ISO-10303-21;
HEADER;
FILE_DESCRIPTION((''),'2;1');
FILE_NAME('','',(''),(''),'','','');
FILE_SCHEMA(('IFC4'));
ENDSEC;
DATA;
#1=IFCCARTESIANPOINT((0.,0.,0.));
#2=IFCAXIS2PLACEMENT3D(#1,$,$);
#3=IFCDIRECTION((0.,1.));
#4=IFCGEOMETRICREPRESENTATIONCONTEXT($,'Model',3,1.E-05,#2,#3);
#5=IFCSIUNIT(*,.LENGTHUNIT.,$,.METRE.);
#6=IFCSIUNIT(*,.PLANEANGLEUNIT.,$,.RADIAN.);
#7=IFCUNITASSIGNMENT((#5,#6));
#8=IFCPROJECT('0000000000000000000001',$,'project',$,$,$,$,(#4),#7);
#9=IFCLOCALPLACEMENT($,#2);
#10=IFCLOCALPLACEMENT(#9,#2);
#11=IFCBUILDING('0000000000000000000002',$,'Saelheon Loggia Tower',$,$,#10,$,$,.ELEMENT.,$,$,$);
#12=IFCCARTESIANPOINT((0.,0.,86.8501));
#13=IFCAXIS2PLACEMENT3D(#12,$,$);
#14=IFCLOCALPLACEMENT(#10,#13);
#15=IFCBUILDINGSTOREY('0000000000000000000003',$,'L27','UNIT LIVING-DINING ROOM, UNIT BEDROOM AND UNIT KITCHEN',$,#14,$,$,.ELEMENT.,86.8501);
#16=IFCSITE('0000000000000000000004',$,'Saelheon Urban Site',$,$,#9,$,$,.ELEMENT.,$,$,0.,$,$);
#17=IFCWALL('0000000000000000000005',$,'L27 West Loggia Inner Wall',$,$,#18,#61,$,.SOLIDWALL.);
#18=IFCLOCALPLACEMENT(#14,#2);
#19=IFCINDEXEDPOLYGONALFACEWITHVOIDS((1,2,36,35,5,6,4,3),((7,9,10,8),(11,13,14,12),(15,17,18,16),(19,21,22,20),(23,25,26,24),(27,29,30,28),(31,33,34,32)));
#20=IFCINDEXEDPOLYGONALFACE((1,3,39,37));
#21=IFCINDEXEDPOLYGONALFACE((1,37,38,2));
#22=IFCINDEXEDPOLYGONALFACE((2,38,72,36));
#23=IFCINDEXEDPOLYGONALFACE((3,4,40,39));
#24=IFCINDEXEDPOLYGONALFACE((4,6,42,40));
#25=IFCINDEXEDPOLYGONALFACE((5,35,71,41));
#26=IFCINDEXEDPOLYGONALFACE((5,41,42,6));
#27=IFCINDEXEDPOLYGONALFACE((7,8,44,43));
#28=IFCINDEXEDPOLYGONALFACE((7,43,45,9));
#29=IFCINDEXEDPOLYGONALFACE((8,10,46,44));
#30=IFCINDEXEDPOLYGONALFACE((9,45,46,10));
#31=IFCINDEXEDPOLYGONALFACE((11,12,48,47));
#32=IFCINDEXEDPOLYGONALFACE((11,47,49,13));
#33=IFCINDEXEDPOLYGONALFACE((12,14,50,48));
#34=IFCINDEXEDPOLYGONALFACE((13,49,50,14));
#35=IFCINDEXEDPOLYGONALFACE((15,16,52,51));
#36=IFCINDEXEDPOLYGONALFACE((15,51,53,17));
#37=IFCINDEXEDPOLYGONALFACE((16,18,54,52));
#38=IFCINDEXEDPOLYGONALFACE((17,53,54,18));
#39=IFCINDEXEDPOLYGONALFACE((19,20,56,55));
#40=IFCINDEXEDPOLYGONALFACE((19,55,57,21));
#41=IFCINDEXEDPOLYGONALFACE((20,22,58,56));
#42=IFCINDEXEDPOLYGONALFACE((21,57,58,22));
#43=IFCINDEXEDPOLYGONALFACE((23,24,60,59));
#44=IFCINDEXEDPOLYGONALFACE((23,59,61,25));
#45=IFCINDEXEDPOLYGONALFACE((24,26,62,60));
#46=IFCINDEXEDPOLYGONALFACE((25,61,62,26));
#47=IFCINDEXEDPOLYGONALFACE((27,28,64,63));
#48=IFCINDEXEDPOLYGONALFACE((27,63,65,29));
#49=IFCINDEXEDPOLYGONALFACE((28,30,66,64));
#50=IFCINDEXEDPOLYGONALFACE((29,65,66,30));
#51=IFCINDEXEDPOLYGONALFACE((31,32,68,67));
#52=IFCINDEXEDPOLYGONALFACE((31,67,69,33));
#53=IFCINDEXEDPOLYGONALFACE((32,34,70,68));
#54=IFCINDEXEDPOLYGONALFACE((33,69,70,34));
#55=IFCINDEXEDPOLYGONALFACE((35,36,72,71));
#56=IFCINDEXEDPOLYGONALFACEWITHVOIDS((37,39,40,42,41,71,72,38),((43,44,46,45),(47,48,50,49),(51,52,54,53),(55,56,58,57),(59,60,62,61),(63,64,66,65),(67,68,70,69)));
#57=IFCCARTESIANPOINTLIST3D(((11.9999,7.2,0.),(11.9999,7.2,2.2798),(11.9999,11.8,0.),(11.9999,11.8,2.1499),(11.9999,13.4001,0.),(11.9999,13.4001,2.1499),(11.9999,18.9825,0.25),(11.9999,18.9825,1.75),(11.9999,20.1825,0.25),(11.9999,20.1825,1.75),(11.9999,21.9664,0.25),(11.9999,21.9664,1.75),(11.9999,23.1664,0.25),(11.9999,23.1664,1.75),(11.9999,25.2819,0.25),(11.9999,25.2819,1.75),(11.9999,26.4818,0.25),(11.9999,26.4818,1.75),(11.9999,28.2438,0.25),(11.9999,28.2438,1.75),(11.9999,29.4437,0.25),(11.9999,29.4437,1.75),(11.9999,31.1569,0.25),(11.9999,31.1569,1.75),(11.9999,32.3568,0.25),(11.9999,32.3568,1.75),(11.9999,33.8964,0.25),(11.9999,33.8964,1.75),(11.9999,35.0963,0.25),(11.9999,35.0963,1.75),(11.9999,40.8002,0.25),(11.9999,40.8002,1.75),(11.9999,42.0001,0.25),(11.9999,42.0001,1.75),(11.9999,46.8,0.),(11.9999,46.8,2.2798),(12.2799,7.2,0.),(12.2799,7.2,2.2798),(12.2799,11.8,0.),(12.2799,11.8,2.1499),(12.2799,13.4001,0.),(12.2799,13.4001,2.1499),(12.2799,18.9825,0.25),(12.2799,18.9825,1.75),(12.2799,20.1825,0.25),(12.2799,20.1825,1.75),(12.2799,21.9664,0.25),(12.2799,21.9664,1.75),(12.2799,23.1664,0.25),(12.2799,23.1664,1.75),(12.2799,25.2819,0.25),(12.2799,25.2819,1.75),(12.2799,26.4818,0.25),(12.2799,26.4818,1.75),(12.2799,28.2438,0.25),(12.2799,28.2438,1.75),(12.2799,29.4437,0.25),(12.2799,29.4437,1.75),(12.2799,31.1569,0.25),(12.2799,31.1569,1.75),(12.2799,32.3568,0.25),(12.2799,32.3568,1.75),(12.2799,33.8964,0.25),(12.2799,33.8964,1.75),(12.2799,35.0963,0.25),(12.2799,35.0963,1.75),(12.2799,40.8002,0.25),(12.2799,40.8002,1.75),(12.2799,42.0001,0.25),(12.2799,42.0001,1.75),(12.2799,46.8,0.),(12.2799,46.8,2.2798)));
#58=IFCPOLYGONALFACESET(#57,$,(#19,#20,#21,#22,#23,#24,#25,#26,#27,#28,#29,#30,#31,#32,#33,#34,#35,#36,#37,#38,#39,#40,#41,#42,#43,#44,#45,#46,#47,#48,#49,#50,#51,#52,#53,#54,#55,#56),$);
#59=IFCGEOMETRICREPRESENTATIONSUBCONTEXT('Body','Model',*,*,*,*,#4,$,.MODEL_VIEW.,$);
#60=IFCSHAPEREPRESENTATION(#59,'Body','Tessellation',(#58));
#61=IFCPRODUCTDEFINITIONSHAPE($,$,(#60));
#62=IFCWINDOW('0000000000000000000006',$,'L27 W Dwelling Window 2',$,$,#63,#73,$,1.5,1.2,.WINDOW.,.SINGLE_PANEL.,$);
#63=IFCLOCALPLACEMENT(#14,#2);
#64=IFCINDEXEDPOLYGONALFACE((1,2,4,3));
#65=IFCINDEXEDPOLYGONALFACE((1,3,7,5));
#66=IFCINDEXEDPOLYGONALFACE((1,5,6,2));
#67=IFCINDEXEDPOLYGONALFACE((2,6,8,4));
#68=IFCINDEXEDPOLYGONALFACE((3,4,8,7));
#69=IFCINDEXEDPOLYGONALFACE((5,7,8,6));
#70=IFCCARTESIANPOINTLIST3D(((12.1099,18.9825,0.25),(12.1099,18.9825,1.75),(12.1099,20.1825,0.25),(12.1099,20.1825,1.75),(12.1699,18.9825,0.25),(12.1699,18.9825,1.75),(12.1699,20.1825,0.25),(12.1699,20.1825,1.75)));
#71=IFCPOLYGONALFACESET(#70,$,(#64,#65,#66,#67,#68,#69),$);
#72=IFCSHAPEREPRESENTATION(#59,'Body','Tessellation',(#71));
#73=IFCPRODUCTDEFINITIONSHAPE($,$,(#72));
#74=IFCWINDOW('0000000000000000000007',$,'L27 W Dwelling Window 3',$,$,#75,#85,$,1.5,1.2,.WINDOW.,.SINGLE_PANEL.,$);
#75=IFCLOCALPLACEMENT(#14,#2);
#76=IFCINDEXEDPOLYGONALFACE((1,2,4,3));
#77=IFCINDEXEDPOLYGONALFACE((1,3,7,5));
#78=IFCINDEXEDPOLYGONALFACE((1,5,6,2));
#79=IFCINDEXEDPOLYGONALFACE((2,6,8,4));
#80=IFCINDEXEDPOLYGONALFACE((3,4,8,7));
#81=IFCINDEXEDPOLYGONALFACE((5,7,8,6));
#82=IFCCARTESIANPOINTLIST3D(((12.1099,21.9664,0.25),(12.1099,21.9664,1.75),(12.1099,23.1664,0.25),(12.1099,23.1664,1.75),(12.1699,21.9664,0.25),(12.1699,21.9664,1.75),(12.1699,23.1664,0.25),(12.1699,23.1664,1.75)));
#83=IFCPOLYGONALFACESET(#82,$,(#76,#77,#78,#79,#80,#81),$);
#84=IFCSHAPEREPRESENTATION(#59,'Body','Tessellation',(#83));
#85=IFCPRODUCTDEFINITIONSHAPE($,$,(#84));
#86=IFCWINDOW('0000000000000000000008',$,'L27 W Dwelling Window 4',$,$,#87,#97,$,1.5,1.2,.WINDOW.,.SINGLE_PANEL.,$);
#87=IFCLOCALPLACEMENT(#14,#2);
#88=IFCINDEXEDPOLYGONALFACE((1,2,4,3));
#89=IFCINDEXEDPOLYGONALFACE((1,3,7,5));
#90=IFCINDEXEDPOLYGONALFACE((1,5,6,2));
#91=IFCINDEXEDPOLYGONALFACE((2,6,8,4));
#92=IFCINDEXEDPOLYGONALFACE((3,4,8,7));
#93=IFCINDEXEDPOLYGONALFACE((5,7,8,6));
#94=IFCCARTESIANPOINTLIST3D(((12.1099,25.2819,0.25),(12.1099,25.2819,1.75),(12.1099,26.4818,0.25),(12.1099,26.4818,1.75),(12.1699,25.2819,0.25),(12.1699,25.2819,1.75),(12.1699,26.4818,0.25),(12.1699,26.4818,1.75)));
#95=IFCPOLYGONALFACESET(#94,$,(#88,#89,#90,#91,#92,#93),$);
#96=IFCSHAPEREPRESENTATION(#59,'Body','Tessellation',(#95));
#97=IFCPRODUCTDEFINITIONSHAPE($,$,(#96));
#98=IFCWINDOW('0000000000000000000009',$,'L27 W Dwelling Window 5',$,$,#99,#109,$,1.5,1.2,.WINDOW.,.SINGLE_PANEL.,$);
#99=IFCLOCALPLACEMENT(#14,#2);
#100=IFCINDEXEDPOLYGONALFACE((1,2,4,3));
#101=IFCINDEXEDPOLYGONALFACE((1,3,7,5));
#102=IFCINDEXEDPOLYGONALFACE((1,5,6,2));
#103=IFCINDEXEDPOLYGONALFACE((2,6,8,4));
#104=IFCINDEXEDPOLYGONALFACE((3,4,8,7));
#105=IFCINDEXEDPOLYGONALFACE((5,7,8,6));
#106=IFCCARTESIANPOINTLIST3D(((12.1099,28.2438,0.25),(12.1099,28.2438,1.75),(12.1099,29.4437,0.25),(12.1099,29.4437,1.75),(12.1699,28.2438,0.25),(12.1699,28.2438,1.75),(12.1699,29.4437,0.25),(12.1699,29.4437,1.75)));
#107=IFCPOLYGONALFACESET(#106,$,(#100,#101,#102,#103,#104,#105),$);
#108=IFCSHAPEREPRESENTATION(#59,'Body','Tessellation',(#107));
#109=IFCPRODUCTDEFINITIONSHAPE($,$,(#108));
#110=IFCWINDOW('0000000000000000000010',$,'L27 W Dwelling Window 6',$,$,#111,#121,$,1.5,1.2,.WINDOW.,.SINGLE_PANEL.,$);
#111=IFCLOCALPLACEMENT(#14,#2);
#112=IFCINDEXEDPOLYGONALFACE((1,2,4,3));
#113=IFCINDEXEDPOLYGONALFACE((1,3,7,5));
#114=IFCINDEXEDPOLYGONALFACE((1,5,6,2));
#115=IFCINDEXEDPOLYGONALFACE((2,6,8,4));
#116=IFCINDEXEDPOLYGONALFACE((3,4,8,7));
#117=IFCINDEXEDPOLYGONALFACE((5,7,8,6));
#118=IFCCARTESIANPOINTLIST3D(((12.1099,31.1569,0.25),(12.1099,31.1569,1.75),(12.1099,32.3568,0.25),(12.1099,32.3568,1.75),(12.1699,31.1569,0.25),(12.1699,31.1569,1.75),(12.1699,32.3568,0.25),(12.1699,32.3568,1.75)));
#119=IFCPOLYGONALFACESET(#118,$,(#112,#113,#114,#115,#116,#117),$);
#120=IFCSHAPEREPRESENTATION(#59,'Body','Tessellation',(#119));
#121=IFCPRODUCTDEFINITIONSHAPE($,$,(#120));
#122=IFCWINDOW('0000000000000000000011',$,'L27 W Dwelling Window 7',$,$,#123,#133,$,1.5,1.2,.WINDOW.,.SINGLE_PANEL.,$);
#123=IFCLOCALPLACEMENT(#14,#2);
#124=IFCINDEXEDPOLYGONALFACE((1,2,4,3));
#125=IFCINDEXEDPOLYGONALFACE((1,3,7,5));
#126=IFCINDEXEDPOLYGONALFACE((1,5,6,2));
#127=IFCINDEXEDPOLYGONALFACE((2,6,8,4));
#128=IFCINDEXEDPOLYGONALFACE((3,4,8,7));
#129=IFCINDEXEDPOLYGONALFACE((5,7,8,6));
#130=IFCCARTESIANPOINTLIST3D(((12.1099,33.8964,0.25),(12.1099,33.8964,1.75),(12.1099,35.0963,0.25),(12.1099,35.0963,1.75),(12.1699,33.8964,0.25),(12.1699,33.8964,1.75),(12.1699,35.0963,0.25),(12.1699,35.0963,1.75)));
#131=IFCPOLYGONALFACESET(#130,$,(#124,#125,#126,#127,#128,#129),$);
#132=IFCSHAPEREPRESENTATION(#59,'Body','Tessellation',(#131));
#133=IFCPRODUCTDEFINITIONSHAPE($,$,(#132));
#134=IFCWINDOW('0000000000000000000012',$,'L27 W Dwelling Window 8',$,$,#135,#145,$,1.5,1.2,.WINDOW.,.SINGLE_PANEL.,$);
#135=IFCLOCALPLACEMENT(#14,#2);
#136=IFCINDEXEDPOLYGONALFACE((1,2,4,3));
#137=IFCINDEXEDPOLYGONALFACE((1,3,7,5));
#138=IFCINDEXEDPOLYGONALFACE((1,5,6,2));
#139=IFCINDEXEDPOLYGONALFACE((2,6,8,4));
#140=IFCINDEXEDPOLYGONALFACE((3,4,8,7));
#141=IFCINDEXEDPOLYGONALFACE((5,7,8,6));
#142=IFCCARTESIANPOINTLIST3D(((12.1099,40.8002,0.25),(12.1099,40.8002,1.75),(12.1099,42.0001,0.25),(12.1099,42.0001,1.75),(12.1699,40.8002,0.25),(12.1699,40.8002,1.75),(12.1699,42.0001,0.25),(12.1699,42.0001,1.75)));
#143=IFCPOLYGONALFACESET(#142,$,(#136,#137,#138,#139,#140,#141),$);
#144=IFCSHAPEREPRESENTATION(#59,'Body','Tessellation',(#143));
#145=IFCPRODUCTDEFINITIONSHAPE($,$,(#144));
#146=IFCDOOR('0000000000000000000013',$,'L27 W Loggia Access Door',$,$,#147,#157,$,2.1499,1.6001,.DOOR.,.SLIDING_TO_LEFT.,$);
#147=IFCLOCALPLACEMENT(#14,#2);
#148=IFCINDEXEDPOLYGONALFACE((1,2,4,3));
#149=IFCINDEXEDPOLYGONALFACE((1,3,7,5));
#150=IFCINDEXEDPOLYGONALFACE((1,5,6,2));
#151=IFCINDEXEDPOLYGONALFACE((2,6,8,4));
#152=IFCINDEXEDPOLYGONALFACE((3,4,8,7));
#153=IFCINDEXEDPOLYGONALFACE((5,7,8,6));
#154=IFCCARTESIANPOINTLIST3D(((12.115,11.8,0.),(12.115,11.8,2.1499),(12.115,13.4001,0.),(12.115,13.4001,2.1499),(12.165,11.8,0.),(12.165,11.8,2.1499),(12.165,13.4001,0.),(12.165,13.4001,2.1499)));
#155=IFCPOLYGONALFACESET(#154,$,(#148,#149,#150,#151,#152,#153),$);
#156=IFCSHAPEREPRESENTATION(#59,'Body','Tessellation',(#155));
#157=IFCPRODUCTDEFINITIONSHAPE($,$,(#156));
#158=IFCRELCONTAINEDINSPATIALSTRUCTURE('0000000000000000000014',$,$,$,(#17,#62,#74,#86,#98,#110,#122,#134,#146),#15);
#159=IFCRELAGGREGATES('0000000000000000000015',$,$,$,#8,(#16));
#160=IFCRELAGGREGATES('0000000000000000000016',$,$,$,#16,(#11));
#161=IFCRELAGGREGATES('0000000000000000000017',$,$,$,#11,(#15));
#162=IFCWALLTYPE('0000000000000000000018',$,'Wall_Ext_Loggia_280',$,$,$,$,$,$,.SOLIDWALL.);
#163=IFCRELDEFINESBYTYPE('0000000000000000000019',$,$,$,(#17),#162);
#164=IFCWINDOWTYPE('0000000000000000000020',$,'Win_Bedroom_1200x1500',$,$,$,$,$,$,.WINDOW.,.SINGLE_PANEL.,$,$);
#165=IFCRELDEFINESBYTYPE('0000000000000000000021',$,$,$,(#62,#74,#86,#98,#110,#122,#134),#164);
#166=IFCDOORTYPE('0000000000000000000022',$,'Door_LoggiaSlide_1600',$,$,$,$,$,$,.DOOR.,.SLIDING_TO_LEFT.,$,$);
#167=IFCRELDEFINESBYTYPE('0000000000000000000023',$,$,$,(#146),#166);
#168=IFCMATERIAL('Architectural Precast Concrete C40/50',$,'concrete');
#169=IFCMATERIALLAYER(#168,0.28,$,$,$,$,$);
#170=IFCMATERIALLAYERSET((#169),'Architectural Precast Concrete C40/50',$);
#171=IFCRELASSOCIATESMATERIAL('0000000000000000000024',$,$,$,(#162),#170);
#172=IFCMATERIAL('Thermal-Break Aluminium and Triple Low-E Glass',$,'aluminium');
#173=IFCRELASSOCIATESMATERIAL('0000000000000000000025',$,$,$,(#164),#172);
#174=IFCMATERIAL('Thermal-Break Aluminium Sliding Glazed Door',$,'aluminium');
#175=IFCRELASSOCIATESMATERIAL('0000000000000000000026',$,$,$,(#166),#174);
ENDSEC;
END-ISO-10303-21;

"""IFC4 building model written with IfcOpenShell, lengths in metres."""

from ifc_helpers import new_model, si_unit, direction, frame, frame_2d, origin, place, context, subcontext, project, spatial, rectangle, extrude, source, transform, mapped, material, layer, layer_set, type_object, element, fill, save


model = new_model("IFC4")

# Units and contexts
model_context = context("Model", 3, precision=1e-05, world=origin(), true_north=direction((0.0, 1.0)))
body_context = subcontext(model_context, "Body", "Model", "MODEL_VIEW")
ifc_project = project(units=[si_unit("LENGTHUNIT", "METRE"), si_unit("PLANEANGLEUNIT", "RADIAN")], contexts=[model_context])

# Site, building, storey
site_placement = place(None, origin())
site = spatial("IfcSite", under=ifc_project, at=site_placement, Name="Saelheon Urban Site", CompositionType="ELEMENT", RefElevation=0.0)
building_placement = place(site_placement, origin())
building = spatial("IfcBuilding", under=site, at=building_placement, Name="Saelheon Loggia Tower", CompositionType="ELEMENT")
storey_placement = place(building_placement, frame((0.0, 0.0, 86.8501)))
storey = spatial("IfcBuildingStorey", under=building, at=storey_placement, Name="L27", Description="UNIT LIVING-DINING ROOM, UNIT BEDROOM AND UNIT KITCHEN", CompositionType="ELEMENT", Elevation=86.8501)

# Wall, openings, windows, door
ifc_material_1 = material(Name="Architectural Precast Concrete C40/50", Category="concrete")
ifc_layer_1 = layer(ifc_material_1, 0.28)
ifc_layer_set_1 = layer_set([ifc_layer_1], Name="Architectural Precast Concrete C40/50")
wall_type = type_object("IfcWallType", Name="Wall_Ext_Loggia_280", PredefinedType="SOLIDWALL", material=ifc_layer_set_1)
wall_1_placement = place(storey_placement, frame((12.1399, 7.2, 0.0), z_axis=(0.0, 0.0, 1.0), x_axis=(0.0, 1.0, 0.0)))
wall_1 = element("IfcWall", 1, at=wall_1_placement, inside=storey, type_object=wall_type, Name="L27 West Loggia Inner Wall", PredefinedType="SOLIDWALL", context=body_context, shape_type="SweptSolid", body=[
    extrude(rectangle(XDim=39.6001, YDim=0.28, at=frame_2d((19.8, 0.0))), origin(), (0.0, 0.0, 1.0), 2.2798),
])
opening_1_placement = place(wall_1_placement, frame((4.6001, 0.0, 0.0)))
opening_1 = element("IfcOpeningElement", 2, at=opening_1_placement, cuts=wall_1, PredefinedType="OPENING", context=body_context, shape_type="SweptSolid", body=[
    extrude(rectangle(XDim=1.6001, YDim=2.1499, at=frame_2d((0.8, 1.075))), frame((0.0, 0.1521, 0.0), z_axis=(0.0, -1.0, 0.0), x_axis=(1.0, 0.0, 0.0)), (0.0, 0.0, 1.0), 0.304),
])
opening_2_placement = place(wall_1_placement, frame((11.7825, 0.0, 0.25)))
opening_2 = element("IfcOpeningElement", 3, at=opening_2_placement, cuts=wall_1, PredefinedType="OPENING", context=body_context, shape_type="SweptSolid", body=[
    extrude(rectangle(XDim=1.2, YDim=1.5, at=frame_2d((0.6001, 0.75))), frame((0.0, 0.1521, 0.0), z_axis=(0.0, -1.0, 0.0), x_axis=(1.0, 0.0, 0.0)), (0.0, 0.0, 1.0), 0.304),
])
opening_3_placement = place(wall_1_placement, frame((14.7664, 0.0, 0.25)))
opening_3 = element("IfcOpeningElement", 4, at=opening_3_placement, cuts=wall_1, PredefinedType="OPENING", context=body_context, shape_type="SweptSolid", body=[
    extrude(rectangle(XDim=1.2, YDim=1.5, at=frame_2d((0.6001, 0.75))), frame((0.0, 0.1521, 0.0), z_axis=(0.0, -1.0, 0.0), x_axis=(1.0, 0.0, 0.0)), (0.0, 0.0, 1.0), 0.304),
])
opening_4_placement = place(wall_1_placement, frame((18.0818, 0.0, 0.25)))
opening_4 = element("IfcOpeningElement", 5, at=opening_4_placement, cuts=wall_1, PredefinedType="OPENING", context=body_context, shape_type="SweptSolid", body=[
    extrude(rectangle(XDim=1.2, YDim=1.5, at=frame_2d((0.6001, 0.75))), frame((0.0, 0.1521, 0.0), z_axis=(0.0, -1.0, 0.0), x_axis=(1.0, 0.0, 0.0)), (0.0, 0.0, 1.0), 0.304),
])
opening_5_placement = place(wall_1_placement, frame((21.0437, 0.0, 0.25)))
opening_5 = element("IfcOpeningElement", 6, at=opening_5_placement, cuts=wall_1, PredefinedType="OPENING", context=body_context, shape_type="SweptSolid", body=[
    extrude(rectangle(XDim=1.2, YDim=1.5, at=frame_2d((0.6001, 0.75))), frame((0.0, 0.1521, 0.0), z_axis=(0.0, -1.0, 0.0), x_axis=(1.0, 0.0, 0.0)), (0.0, 0.0, 1.0), 0.304),
])
opening_6_placement = place(wall_1_placement, frame((23.9568, 0.0, 0.25)))
opening_6 = element("IfcOpeningElement", 7, at=opening_6_placement, cuts=wall_1, PredefinedType="OPENING", context=body_context, shape_type="SweptSolid", body=[
    extrude(rectangle(XDim=1.2, YDim=1.5, at=frame_2d((0.6001, 0.75))), frame((0.0, 0.1521, 0.0), z_axis=(0.0, -1.0, 0.0), x_axis=(1.0, 0.0, 0.0)), (0.0, 0.0, 1.0), 0.304),
])
opening_7_placement = place(wall_1_placement, frame((26.6963, 0.0, 0.25)))
opening_7 = element("IfcOpeningElement", 8, at=opening_7_placement, cuts=wall_1, PredefinedType="OPENING", context=body_context, shape_type="SweptSolid", body=[
    extrude(rectangle(XDim=1.2, YDim=1.5, at=frame_2d((0.6001, 0.75))), frame((0.0, 0.1521, 0.0), z_axis=(0.0, -1.0, 0.0), x_axis=(1.0, 0.0, 0.0)), (0.0, 0.0, 1.0), 0.304),
])
opening_8_placement = place(wall_1_placement, frame((33.6001, 0.0, 0.25)))
opening_8 = element("IfcOpeningElement", 9, at=opening_8_placement, cuts=wall_1, PredefinedType="OPENING", context=body_context, shape_type="SweptSolid", body=[
    extrude(rectangle(XDim=1.2, YDim=1.5, at=frame_2d((0.6001, 0.75))), frame((0.0, 0.1521, 0.0), z_axis=(0.0, -1.0, 0.0), x_axis=(1.0, 0.0, 0.0)), (0.0, 0.0, 1.0), 0.304),
])
ifc_material_2 = material(Name="Thermal-Break Aluminium and Triple Low-E Glass", Category="aluminium")
window_type = type_object("IfcWindowType", Name="Win_Bedroom_1200x1500", PartitioningType="SINGLE_PANEL", PredefinedType="WINDOW", material=ifc_material_2)
shared_shape_1 = source(origin(), body_context, "Body", "SweptSolid", [
    extrude(rectangle(XDim=1.2, YDim=1.5, at=frame_2d((0.6001, 0.75))), frame((0.0, 0.03, 0.0), z_axis=(0.0, -1.0, 0.0), x_axis=(1.0, 0.0, 0.0)), (0.0, 0.0, 1.0), 0.0601),
])
window_1_placement = place(opening_2_placement, origin())
window_1 = element("IfcWindow", 10, at=window_1_placement, inside=storey, type_object=window_type, Name="L27 W Dwelling Window 2", OverallHeight=1.5, OverallWidth=1.2, PartitioningType="SINGLE_PANEL", PredefinedType="WINDOW", context=body_context, shape_type="MappedRepresentation", body=[
    mapped(shared_shape_1, transform((0.0, 0.0, 0.0), scale=1.0)),
])
fill(opening_2, window_1)
window_2_placement = place(opening_3_placement, origin())
window_2 = element("IfcWindow", 11, at=window_2_placement, inside=storey, type_object=window_type, Name="L27 W Dwelling Window 3", OverallHeight=1.5, OverallWidth=1.2, PartitioningType="SINGLE_PANEL", PredefinedType="WINDOW", context=body_context, shape_type="MappedRepresentation", body=[
    mapped(shared_shape_1, transform((0.0, 0.0, 0.0), scale=1.0)),
])
fill(opening_3, window_2)
window_3_placement = place(opening_4_placement, origin())
window_3 = element("IfcWindow", 12, at=window_3_placement, inside=storey, type_object=window_type, Name="L27 W Dwelling Window 4", OverallHeight=1.5, OverallWidth=1.2, PartitioningType="SINGLE_PANEL", PredefinedType="WINDOW", context=body_context, shape_type="MappedRepresentation", body=[
    mapped(shared_shape_1, transform((0.0, 0.0, 0.0), scale=1.0)),
])
fill(opening_4, window_3)
window_4_placement = place(opening_5_placement, origin())
window_4 = element("IfcWindow", 13, at=window_4_placement, inside=storey, type_object=window_type, Name="L27 W Dwelling Window 5", OverallHeight=1.5, OverallWidth=1.2, PartitioningType="SINGLE_PANEL", PredefinedType="WINDOW", context=body_context, shape_type="MappedRepresentation", body=[
    mapped(shared_shape_1, transform((0.0, 0.0, 0.0), scale=1.0)),
])
fill(opening_5, window_4)
window_5_placement = place(opening_6_placement, origin())
window_5 = element("IfcWindow", 14, at=window_5_placement, inside=storey, type_object=window_type, Name="L27 W Dwelling Window 6", OverallHeight=1.5, OverallWidth=1.2, PartitioningType="SINGLE_PANEL", PredefinedType="WINDOW", context=body_context, shape_type="MappedRepresentation", body=[
    mapped(shared_shape_1, transform((0.0, 0.0, 0.0), scale=1.0)),
])
fill(opening_6, window_5)
window_6_placement = place(opening_7_placement, origin())
window_6 = element("IfcWindow", 15, at=window_6_placement, inside=storey, type_object=window_type, Name="L27 W Dwelling Window 7", OverallHeight=1.5, OverallWidth=1.2, PartitioningType="SINGLE_PANEL", PredefinedType="WINDOW", context=body_context, shape_type="MappedRepresentation", body=[
    mapped(shared_shape_1, transform((0.0, 0.0, 0.0), scale=1.0)),
])
fill(opening_7, window_6)
window_7_placement = place(opening_8_placement, origin())
window_7 = element("IfcWindow", 16, at=window_7_placement, inside=storey, type_object=window_type, Name="L27 W Dwelling Window 8", OverallHeight=1.5, OverallWidth=1.2, PartitioningType="SINGLE_PANEL", PredefinedType="WINDOW", context=body_context, shape_type="MappedRepresentation", body=[
    mapped(shared_shape_1, transform((0.0, 0.0, 0.0), scale=1.0)),
])
fill(opening_8, window_7)
ifc_material_3 = material(Name="Thermal-Break Aluminium Sliding Glazed Door", Category="aluminium")
door_type = type_object("IfcDoorType", Name="Door_LoggiaSlide_1600", OperationType="SLIDING_TO_LEFT", PredefinedType="DOOR", material=ifc_material_3)
shared_shape_2 = source(origin(), body_context, "Body", "SweptSolid", [
    extrude(rectangle(XDim=1.6001, YDim=2.1499, at=frame_2d((0.8, 1.075))), frame((0.0, 0.0249, 0.0), z_axis=(0.0, -1.0, 0.0), x_axis=(1.0, 0.0, 0.0)), (0.0, 0.0, 1.0), 0.05),
])
door_placement = place(opening_1_placement, origin())
door = element("IfcDoor", 17, at=door_placement, inside=storey, type_object=door_type, Name="L27 W Loggia Access Door", OperationType="SLIDING_TO_LEFT", OverallHeight=2.1499, OverallWidth=1.6001, PredefinedType="DOOR", context=body_context, shape_type="MappedRepresentation", body=[
    mapped(shared_shape_2, transform((0.0, 0.0, 0.0), scale=1.0)),
])
fill(opening_1, door)

save(model, "model.ifc")
